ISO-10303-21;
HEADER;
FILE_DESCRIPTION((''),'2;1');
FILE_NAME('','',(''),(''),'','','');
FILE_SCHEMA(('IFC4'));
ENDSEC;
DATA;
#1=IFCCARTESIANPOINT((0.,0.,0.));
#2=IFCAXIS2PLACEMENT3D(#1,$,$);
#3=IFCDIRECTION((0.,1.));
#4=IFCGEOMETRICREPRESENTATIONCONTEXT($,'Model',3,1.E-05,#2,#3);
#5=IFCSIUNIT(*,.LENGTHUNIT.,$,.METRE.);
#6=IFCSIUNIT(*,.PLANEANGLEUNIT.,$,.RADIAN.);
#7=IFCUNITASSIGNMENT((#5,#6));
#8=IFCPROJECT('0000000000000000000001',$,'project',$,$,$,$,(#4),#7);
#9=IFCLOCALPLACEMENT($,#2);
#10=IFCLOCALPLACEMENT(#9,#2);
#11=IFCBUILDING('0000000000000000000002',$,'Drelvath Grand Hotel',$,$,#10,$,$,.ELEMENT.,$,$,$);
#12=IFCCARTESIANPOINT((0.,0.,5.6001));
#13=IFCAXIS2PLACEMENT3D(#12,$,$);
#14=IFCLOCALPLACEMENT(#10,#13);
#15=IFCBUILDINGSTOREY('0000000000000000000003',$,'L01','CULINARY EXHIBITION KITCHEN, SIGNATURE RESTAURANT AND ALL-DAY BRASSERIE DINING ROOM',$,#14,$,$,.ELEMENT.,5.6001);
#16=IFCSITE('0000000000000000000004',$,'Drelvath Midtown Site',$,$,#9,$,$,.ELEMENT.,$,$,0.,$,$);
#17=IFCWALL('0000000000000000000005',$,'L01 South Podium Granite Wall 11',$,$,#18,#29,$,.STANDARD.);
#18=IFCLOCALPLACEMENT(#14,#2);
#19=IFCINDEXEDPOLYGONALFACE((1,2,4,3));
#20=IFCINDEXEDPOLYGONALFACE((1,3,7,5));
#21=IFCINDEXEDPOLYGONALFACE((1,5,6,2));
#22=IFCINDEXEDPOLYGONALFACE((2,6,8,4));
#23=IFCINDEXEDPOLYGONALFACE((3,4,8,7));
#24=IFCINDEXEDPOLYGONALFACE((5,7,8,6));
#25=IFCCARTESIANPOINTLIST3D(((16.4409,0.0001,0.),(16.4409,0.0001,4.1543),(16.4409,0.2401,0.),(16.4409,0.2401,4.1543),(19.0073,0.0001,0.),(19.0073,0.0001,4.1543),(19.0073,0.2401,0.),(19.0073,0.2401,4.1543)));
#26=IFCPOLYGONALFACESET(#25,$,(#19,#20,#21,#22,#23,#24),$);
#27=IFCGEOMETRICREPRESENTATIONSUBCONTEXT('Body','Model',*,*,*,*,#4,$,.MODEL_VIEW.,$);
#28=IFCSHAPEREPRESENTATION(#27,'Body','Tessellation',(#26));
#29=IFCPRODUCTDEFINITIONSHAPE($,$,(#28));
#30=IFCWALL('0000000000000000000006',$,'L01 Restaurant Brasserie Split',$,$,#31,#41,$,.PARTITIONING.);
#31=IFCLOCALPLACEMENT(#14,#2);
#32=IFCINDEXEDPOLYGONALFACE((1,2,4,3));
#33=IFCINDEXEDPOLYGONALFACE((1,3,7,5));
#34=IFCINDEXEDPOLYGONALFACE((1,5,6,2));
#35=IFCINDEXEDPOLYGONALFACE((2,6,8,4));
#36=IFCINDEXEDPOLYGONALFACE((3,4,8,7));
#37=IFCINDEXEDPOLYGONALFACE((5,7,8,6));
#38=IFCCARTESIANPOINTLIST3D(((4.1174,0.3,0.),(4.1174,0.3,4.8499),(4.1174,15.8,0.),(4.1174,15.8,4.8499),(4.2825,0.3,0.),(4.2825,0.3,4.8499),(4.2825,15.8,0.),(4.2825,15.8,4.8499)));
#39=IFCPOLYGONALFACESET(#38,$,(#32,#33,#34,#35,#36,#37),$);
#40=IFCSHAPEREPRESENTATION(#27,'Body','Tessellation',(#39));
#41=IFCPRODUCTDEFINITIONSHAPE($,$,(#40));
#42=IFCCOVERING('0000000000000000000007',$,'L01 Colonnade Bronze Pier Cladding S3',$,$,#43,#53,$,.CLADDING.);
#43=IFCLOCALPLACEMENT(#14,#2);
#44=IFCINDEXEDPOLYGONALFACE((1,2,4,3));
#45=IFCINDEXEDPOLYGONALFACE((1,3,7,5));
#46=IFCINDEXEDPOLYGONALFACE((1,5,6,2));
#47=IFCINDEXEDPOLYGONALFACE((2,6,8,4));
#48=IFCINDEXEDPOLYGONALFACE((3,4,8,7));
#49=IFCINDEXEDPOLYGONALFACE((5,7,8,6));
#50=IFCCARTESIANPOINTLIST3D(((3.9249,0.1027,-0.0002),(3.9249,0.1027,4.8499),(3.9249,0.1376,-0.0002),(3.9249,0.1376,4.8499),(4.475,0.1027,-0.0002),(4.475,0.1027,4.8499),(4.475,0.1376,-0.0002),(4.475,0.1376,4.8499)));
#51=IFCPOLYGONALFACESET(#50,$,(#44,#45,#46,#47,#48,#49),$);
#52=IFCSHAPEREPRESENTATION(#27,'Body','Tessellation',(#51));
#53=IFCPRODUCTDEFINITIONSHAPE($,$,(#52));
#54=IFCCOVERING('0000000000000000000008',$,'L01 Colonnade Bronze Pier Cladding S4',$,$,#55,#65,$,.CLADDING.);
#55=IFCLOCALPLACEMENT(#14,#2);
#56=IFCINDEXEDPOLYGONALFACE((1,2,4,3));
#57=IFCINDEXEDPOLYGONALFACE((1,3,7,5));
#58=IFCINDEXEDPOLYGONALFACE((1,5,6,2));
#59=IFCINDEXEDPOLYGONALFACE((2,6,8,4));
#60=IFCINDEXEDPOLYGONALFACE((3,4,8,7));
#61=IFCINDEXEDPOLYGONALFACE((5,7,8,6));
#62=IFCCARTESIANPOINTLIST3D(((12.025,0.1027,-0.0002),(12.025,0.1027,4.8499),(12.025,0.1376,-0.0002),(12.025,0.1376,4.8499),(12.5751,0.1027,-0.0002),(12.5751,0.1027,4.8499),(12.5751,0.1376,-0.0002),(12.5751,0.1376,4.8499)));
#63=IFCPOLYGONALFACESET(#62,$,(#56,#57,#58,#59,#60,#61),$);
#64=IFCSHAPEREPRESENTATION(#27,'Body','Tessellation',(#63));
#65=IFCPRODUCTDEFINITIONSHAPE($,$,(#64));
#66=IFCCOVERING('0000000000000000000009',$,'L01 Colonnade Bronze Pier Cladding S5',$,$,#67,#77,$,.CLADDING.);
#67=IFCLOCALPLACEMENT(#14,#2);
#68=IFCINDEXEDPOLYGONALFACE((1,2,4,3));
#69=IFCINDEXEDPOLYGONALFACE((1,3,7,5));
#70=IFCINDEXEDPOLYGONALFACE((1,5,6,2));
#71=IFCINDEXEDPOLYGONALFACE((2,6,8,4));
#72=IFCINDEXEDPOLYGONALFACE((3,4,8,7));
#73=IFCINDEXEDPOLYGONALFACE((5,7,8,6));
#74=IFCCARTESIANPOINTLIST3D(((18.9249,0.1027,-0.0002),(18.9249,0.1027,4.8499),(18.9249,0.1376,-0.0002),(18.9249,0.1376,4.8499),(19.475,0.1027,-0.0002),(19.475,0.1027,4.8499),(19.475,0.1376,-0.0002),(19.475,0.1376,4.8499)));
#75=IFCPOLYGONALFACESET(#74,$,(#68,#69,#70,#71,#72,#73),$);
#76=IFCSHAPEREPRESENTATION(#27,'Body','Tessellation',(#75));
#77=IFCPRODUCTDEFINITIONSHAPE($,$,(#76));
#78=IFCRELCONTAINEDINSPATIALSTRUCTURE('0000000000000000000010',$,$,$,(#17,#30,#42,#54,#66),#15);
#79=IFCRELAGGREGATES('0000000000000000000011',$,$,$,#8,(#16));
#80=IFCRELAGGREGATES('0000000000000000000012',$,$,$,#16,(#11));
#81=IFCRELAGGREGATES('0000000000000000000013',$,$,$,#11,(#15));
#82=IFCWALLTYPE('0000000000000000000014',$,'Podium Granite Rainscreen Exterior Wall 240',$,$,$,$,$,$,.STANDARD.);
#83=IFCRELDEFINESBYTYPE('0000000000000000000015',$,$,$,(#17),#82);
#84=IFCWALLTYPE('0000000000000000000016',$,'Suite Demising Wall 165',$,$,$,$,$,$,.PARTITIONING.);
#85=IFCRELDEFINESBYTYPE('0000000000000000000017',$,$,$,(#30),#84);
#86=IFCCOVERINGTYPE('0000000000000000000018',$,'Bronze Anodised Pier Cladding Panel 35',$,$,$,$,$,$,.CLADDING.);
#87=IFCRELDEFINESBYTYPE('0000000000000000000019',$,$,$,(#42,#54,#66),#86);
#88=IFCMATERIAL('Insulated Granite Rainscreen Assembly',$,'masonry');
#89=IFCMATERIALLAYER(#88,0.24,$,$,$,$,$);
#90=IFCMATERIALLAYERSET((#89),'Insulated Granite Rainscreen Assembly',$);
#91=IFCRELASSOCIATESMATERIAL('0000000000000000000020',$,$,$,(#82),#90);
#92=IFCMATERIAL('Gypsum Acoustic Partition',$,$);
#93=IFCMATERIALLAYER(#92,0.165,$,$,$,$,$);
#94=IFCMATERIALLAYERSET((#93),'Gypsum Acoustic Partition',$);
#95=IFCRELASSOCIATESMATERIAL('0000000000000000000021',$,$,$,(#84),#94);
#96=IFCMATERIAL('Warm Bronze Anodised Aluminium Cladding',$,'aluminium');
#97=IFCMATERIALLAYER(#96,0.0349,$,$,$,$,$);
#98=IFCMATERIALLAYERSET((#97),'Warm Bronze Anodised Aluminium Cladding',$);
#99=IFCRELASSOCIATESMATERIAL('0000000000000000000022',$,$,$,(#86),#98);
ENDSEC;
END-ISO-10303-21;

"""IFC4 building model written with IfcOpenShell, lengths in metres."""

from ifc_helpers import new_model, si_unit, direction, frame, frame_2d, origin, origin_2d, place, context, subcontext, project, spatial, rectangle, extrude, material, layer, layer_set, type_object, element, save


model = new_model("IFC4")

# Units and contexts
model_context = context("Model", 3, precision=1e-05, world=origin(), true_north=direction((0.0, 1.0)))
body_context = subcontext(model_context, "Body", "Model", "MODEL_VIEW")
ifc_project = project(units=[si_unit("LENGTHUNIT", "METRE"), si_unit("PLANEANGLEUNIT", "RADIAN")], contexts=[model_context])

# Site, building, storey
site_placement = place(None, origin())
site = spatial("IfcSite", under=ifc_project, at=site_placement, Name="Drelvath Midtown Site", CompositionType="ELEMENT", RefElevation=0.0)
building_placement = place(site_placement, origin())
building = spatial("IfcBuilding", under=site, at=building_placement, Name="Drelvath Grand Hotel", CompositionType="ELEMENT")
storey_placement = place(building_placement, frame((0.0, 0.0, 5.6001)))
storey = spatial("IfcBuildingStorey", under=building, at=storey_placement, Name="L01", Description="CULINARY EXHIBITION KITCHEN, SIGNATURE RESTAURANT AND ALL-DAY BRASSERIE DINING ROOM", CompositionType="ELEMENT", Elevation=5.6001)

# Shared definitions
ifc_material_1 = material(Name="Insulated Granite Rainscreen Assembly", Category="masonry")
ifc_layer_1 = layer(ifc_material_1, 0.24)
ifc_layer_set_1 = layer_set([ifc_layer_1], Name="Insulated Granite Rainscreen Assembly")
wall_type_1 = type_object("IfcWallType", Name="Podium Granite Rainscreen Exterior Wall 240", PredefinedType="STANDARD", material=ifc_layer_set_1)

# Walls
wall_1_placement = place(storey_placement, frame((19.0073, 0.1201, 0.0), z_axis=(0.0, 0.0, 1.0), x_axis=(-1.0, 0.0, 0.0)))
element("IfcWall", 1, at=wall_1_placement, inside=storey, type_object=wall_type_1, Name="L01 South Podium Granite Wall 11", PredefinedType="STANDARD", context=body_context, shape_type="SweptSolid", body=[
    extrude(rectangle(XDim=2.5664, YDim=0.24, at=frame_2d((1.2832, 0.0))), origin(), (0.0, 0.0, 1.0), 4.1543),
])
ifc_material_2 = material(Name="Gypsum Acoustic Partition")
ifc_layer_2 = layer(ifc_material_2, 0.165)
ifc_layer_set_2 = layer_set([ifc_layer_2], Name="Gypsum Acoustic Partition")
wall_type_2 = type_object("IfcWallType", Name="Suite Demising Wall 165", PredefinedType="PARTITIONING", material=ifc_layer_set_2)
wall_2_placement = place(storey_placement, frame((4.2, 0.3, 0.0), z_axis=(0.0, 0.0, 1.0), x_axis=(0.0, 1.0, 0.0)))
element("IfcWall", 2, at=wall_2_placement, inside=storey, type_object=wall_type_2, Name="L01 Restaurant Brasserie Split", PredefinedType="PARTITIONING", context=body_context, shape_type="SweptSolid", body=[
    extrude(rectangle(XDim=15.5, YDim=0.165, at=frame_2d((7.75, 0.0))), origin(), (0.0, 0.0, 1.0), 4.8499),
])

# Coverings
ifc_material_3 = material(Name="Warm Bronze Anodised Aluminium Cladding", Category="aluminium")
ifc_layer_3 = layer(ifc_material_3, 0.0349)
ifc_layer_set_3 = layer_set([ifc_layer_3], Name="Warm Bronze Anodised Aluminium Cladding")
covering_type = type_object("IfcCoveringType", Name="Bronze Anodised Pier Cladding Panel 35", PredefinedType="CLADDING", material=ifc_layer_set_3)
for number, where, z_axis, x_axis, name in (
    (3, (4.2, 0.1201, -0.0002), (0.0, 0.0, 1.0), (1.0, 0.0, 0.0), "L01 Colonnade Bronze Pier Cladding S3"),
    (4, (12.3, 0.1201, -0.0002), (0.0, 0.0, 1.0), (1.0, 0.0, 0.0), "L01 Colonnade Bronze Pier Cladding S4"),
    (5, (19.2, 0.1201, -0.0002), (0.0, 0.0, 1.0), (1.0, 0.0, 0.0), "L01 Colonnade Bronze Pier Cladding S5"),
):
    element("IfcCovering", number, at=place(storey_placement, frame(where, z_axis=z_axis, x_axis=x_axis)), inside=storey, type_object=covering_type, Name=name, PredefinedType="CLADDING", context=body_context, shape_type="SweptSolid", body=[
        extrude(rectangle(XDim=0.55, YDim=0.0349, at=origin_2d()), origin(), (0.0, 0.0, 1.0), 4.8501),
    ])

save(model, "model.ifc")
